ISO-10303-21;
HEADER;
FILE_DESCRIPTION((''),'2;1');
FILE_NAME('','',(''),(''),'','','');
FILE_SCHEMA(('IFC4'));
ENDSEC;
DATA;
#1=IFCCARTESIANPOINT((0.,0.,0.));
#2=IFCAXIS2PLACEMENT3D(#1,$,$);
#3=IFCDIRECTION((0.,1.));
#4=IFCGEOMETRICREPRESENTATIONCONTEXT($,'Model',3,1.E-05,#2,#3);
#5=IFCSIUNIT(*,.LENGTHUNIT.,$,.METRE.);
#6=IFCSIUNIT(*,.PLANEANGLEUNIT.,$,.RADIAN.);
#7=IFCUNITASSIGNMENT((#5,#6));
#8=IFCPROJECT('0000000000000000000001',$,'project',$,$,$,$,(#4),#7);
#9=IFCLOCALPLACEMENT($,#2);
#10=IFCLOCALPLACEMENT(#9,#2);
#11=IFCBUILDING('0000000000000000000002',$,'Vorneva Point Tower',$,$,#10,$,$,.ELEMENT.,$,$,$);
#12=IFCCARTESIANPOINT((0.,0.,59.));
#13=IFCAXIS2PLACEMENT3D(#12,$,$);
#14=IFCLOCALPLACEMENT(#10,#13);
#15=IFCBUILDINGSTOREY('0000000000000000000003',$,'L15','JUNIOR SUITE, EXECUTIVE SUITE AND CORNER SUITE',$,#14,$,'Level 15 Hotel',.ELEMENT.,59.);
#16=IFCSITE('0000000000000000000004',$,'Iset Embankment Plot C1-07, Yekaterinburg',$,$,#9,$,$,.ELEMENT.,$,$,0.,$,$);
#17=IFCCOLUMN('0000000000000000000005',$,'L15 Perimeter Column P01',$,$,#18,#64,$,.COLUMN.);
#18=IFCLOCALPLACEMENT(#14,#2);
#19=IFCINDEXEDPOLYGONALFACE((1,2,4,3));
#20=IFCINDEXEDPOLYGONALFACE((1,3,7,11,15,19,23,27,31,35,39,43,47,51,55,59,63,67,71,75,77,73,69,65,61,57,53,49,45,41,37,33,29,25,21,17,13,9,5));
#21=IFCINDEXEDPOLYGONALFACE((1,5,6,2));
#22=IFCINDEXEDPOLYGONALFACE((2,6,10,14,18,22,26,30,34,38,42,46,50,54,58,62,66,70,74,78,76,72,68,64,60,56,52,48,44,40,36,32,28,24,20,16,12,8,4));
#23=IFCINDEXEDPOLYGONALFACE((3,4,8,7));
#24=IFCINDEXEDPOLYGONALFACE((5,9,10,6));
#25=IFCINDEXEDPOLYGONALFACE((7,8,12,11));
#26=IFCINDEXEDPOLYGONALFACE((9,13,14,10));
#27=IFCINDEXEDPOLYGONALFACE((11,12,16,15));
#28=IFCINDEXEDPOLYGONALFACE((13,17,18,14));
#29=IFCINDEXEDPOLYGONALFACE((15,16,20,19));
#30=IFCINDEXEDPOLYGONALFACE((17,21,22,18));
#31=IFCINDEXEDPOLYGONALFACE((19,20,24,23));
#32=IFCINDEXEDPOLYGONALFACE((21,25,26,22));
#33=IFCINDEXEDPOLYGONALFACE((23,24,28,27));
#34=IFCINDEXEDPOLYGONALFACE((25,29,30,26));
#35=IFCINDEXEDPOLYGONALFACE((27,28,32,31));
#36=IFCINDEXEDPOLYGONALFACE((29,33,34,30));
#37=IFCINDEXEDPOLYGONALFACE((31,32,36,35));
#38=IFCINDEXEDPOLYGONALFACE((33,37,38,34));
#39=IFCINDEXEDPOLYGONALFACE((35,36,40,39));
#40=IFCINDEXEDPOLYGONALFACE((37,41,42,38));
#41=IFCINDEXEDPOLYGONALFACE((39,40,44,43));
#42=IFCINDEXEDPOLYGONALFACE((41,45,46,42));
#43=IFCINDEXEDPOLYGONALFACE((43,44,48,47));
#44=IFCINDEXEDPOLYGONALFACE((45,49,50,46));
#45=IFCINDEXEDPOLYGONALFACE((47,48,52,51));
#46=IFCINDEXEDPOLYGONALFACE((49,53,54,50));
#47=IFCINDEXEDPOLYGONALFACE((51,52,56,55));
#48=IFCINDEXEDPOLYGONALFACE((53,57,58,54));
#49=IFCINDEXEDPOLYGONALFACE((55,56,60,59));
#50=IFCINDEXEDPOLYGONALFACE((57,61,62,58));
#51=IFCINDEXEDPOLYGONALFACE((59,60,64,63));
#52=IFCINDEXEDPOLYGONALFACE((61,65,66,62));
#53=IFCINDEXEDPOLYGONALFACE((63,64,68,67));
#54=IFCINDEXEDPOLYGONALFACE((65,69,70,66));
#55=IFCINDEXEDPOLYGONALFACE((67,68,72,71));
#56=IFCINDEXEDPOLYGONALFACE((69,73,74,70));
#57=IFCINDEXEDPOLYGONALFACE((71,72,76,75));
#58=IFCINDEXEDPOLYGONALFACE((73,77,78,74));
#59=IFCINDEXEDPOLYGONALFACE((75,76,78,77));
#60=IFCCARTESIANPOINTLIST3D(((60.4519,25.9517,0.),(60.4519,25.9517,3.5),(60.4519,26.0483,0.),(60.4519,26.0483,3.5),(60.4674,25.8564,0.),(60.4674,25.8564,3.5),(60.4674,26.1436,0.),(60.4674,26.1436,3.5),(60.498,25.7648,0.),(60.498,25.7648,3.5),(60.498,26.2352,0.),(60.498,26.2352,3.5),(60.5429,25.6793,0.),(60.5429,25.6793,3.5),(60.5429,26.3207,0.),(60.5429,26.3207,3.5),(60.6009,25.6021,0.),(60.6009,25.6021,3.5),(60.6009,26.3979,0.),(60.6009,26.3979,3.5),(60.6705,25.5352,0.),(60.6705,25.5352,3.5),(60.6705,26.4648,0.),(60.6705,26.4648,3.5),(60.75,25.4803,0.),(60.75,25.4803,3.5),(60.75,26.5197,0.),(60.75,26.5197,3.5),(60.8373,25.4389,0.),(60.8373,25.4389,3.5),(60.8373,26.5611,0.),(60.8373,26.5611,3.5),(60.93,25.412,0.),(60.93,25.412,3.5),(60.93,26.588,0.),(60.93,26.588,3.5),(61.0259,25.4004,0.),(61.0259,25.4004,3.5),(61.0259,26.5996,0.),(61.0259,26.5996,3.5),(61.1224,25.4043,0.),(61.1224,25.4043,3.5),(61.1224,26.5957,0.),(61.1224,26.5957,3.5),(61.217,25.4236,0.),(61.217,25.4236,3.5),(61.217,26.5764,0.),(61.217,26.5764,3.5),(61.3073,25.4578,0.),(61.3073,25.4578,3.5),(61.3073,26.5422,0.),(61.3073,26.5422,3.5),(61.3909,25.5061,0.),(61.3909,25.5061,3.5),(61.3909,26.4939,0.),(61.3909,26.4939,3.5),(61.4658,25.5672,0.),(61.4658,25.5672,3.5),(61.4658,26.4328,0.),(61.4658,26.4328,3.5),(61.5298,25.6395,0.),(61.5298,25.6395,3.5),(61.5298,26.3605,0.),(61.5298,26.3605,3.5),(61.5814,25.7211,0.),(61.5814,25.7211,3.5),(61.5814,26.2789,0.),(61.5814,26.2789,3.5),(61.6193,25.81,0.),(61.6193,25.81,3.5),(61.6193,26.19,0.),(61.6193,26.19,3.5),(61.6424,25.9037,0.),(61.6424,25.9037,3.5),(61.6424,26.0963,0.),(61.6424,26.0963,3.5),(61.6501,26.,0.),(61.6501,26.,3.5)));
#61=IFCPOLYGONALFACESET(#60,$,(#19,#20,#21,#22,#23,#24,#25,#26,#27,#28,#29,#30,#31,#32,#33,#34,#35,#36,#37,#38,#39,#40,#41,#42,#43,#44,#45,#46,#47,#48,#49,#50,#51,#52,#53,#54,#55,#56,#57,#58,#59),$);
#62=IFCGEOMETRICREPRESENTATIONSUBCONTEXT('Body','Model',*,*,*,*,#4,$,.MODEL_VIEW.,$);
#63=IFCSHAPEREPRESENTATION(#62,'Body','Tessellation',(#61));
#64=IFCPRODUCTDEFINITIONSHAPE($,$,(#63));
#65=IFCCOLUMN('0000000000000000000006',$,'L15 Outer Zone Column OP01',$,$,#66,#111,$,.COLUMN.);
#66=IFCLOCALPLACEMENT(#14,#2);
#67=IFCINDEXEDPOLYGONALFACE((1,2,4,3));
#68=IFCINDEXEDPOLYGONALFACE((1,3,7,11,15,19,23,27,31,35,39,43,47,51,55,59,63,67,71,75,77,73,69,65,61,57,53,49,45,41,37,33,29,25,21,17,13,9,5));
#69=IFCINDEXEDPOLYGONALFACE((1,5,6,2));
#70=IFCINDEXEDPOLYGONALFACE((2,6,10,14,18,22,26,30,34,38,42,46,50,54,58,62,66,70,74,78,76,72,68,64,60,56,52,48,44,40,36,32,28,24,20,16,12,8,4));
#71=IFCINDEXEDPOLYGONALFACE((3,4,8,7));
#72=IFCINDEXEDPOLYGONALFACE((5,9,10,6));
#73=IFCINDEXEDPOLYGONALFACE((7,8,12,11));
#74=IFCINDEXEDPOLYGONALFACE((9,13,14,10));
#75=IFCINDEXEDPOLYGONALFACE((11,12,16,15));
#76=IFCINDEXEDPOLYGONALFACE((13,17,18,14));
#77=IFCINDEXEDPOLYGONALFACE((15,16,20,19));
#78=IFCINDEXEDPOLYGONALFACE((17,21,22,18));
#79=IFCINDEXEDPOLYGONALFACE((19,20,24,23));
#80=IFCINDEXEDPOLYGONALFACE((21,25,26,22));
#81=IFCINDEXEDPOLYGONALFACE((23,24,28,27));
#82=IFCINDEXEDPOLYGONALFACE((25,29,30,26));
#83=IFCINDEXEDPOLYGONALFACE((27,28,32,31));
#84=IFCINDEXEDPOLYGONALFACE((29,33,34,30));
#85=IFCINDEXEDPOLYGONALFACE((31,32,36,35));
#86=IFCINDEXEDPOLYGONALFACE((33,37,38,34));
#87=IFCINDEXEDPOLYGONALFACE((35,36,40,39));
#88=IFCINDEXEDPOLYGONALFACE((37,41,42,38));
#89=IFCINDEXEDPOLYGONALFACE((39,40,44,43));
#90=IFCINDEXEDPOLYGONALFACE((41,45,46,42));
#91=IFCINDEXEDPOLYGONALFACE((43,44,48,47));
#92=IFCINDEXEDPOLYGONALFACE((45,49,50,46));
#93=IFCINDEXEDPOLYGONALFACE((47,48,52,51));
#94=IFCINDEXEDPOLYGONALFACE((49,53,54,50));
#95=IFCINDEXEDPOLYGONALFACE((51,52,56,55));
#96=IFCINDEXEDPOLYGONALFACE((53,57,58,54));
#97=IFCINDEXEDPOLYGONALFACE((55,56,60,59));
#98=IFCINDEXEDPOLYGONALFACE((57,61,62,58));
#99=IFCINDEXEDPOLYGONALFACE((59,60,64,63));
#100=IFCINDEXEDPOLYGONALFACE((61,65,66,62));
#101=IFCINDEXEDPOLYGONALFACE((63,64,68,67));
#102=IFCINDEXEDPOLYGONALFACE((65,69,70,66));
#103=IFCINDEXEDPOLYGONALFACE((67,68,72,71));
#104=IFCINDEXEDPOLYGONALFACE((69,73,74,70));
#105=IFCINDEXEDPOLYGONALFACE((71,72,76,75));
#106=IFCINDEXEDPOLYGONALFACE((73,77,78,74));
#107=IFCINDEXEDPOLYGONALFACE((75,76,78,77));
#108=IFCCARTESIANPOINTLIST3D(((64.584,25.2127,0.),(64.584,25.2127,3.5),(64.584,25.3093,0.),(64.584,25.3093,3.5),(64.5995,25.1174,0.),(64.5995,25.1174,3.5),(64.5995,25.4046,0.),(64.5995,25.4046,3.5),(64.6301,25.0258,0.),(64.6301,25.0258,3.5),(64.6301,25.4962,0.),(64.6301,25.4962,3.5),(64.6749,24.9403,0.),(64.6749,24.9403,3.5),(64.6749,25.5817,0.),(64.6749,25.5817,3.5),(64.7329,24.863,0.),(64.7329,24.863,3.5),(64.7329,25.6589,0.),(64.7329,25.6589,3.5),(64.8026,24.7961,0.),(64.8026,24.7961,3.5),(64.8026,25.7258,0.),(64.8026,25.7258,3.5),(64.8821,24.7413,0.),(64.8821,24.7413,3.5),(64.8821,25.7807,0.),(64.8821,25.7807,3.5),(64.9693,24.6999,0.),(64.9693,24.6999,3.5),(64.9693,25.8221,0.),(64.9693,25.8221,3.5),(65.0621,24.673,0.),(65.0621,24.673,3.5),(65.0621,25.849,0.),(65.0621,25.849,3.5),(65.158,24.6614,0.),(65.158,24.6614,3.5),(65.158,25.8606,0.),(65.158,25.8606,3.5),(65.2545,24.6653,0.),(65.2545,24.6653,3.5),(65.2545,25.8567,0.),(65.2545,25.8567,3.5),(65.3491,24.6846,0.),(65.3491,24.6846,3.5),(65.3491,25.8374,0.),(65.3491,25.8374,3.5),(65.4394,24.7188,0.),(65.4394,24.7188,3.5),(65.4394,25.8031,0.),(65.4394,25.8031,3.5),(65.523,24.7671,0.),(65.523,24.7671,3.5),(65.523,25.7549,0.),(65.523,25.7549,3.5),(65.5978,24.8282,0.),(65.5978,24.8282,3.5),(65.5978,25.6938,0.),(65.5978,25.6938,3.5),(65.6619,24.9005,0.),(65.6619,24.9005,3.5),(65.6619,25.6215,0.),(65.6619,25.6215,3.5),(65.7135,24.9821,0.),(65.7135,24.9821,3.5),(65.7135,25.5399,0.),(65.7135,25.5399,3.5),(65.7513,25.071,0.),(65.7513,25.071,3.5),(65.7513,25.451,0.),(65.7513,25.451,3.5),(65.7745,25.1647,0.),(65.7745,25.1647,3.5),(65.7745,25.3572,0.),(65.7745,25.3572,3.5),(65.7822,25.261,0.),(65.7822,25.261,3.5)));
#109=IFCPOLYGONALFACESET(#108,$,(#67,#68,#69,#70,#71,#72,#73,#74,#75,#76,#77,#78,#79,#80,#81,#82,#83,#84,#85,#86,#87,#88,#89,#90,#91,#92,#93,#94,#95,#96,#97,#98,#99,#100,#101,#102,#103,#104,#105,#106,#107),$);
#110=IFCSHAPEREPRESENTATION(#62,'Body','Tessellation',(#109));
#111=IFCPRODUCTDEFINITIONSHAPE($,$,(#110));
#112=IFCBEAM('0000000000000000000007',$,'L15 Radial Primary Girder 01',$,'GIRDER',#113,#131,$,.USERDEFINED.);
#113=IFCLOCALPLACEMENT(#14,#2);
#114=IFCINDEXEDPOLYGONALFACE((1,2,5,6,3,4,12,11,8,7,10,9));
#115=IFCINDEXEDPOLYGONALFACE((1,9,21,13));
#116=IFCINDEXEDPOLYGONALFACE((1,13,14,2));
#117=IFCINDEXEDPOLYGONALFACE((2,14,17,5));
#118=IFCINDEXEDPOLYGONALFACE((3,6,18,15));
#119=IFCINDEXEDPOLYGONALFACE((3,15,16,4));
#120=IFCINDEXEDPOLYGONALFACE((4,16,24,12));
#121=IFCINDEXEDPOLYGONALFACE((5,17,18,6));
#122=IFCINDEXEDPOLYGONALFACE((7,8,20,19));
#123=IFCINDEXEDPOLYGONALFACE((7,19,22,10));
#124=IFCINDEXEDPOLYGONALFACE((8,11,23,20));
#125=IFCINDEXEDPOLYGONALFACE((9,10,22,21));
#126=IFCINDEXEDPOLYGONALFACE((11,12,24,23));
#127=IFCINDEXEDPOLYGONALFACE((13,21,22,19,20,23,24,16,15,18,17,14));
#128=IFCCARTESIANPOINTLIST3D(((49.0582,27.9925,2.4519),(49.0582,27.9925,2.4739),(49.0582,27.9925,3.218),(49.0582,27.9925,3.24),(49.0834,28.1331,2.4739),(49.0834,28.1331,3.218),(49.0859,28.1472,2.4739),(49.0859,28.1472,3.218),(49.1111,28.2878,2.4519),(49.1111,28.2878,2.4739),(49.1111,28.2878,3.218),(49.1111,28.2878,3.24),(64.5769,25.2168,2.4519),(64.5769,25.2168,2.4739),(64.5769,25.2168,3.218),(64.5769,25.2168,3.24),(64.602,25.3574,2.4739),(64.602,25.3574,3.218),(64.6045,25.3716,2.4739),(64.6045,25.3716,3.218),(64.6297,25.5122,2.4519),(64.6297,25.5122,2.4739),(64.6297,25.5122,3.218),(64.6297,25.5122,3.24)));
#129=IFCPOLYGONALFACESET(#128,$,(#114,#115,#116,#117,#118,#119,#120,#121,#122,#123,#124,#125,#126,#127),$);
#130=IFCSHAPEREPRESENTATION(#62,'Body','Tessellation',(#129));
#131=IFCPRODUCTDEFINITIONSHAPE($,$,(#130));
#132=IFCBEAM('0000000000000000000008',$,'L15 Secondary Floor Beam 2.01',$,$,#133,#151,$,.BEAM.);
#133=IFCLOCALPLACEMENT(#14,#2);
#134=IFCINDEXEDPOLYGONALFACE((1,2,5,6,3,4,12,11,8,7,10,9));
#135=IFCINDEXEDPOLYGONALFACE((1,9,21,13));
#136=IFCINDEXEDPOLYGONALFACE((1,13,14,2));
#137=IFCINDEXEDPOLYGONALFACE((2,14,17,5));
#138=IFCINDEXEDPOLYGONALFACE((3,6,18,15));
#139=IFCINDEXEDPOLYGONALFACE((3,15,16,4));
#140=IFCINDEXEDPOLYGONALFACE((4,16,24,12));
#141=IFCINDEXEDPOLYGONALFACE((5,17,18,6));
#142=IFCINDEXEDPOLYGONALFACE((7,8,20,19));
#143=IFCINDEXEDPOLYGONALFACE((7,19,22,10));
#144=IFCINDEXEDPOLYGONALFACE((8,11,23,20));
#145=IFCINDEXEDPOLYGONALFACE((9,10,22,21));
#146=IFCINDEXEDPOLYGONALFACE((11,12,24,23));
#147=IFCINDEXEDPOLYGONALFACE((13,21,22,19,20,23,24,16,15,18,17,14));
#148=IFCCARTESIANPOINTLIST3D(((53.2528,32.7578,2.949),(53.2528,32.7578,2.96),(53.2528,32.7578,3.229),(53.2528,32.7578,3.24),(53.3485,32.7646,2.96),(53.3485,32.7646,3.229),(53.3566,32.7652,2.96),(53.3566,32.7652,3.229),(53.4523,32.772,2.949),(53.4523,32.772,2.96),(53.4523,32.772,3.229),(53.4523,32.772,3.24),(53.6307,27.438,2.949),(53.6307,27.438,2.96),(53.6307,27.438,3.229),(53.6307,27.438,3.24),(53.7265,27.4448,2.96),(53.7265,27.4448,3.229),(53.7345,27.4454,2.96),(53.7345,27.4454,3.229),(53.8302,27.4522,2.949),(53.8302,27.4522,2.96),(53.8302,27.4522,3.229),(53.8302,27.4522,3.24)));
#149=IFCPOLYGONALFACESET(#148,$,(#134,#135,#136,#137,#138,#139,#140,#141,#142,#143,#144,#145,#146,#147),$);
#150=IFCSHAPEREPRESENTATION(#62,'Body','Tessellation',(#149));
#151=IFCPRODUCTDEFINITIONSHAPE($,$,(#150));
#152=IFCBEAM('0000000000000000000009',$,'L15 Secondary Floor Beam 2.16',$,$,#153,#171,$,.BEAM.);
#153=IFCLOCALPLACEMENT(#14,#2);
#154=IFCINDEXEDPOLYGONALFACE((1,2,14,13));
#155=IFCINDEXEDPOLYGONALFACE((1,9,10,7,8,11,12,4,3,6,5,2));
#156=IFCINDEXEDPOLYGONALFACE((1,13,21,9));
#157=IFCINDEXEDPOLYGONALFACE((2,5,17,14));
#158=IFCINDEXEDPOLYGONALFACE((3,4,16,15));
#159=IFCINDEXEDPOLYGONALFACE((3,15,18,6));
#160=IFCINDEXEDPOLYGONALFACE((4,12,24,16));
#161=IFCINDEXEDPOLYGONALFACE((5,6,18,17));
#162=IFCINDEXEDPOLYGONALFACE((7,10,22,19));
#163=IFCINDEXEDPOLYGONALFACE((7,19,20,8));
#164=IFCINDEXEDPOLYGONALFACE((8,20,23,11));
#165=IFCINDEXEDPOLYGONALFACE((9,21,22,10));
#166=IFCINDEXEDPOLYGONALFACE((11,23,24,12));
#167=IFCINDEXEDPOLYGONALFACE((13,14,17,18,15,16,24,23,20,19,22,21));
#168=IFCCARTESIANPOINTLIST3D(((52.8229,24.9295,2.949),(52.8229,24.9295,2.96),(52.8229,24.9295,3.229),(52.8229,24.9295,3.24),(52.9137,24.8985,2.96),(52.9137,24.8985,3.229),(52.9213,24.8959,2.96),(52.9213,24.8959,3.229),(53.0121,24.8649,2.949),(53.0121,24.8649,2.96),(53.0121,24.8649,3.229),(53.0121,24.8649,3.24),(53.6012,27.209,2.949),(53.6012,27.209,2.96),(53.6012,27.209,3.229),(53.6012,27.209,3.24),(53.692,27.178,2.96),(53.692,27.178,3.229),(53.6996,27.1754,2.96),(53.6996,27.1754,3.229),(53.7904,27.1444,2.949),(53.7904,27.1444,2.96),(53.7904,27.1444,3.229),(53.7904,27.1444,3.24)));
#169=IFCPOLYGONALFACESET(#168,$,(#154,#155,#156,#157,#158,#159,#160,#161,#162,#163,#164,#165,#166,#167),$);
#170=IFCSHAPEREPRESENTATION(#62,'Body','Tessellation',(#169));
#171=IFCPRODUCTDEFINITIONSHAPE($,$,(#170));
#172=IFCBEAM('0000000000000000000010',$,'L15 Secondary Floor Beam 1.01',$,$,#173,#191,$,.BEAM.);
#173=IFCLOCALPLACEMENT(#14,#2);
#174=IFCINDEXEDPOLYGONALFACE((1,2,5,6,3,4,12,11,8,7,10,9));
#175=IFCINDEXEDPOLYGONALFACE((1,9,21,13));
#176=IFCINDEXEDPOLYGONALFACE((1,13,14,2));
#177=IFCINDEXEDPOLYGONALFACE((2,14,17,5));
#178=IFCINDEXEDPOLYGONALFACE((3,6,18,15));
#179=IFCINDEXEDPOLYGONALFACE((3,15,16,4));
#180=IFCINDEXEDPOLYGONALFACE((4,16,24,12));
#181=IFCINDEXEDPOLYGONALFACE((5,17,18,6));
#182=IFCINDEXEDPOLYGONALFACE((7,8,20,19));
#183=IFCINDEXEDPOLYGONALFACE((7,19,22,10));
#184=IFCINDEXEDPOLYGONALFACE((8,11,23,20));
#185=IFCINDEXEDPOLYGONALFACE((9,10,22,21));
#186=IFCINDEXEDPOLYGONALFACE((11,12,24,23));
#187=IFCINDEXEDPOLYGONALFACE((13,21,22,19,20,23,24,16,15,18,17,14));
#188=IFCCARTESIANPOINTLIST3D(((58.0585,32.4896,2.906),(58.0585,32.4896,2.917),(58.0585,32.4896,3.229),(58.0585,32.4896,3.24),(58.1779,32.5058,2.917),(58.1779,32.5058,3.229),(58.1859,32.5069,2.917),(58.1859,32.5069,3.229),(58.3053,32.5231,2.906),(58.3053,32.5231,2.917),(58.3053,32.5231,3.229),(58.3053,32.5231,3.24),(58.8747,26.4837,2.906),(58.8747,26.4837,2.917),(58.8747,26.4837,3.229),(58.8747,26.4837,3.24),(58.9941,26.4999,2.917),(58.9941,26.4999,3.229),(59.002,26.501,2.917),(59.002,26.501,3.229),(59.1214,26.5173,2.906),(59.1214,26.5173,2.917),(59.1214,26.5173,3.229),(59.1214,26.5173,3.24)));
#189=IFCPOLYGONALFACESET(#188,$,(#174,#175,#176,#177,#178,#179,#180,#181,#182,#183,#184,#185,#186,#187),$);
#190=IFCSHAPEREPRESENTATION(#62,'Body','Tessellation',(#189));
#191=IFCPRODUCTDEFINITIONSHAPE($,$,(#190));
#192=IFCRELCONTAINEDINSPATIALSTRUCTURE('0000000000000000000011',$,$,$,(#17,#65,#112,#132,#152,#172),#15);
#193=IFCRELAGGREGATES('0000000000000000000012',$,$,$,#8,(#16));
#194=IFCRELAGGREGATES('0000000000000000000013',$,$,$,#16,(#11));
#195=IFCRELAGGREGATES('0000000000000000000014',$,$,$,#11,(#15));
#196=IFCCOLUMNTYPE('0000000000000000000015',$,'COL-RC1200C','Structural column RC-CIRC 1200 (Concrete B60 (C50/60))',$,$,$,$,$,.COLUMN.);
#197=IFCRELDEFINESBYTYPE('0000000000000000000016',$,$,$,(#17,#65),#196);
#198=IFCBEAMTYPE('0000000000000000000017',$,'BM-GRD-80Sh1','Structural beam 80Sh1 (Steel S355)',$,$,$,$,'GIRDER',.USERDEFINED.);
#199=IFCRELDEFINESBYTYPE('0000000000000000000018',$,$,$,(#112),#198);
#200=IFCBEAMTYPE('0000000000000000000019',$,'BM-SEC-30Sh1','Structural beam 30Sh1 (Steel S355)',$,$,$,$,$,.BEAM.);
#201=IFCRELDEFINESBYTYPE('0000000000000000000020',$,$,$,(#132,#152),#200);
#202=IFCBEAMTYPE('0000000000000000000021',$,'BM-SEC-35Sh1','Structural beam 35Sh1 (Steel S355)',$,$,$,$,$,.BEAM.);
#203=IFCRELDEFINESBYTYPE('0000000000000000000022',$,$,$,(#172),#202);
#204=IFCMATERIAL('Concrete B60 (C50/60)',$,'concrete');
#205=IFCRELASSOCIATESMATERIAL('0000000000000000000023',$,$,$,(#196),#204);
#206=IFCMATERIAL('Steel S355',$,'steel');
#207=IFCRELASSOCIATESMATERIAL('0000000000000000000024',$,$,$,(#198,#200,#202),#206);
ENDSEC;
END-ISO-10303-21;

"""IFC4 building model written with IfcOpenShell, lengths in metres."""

from ifc_helpers import new_model, si_unit, direction, frame, origin, origin_2d, place, context, subcontext, project, spatial, circle, i_section, extrude, material, material_profile, profile_set, type_object, element, save


model = new_model("IFC4")

# Units and contexts
model_context = context("Model", 3, precision=1e-05, world=origin(), true_north=direction((0.0, 1.0)))
body_context = subcontext(model_context, "Body", "Model", "MODEL_VIEW")
ifc_project = project(units=[si_unit("LENGTHUNIT", "METRE"), si_unit("PLANEANGLEUNIT", "RADIAN")], contexts=[model_context])

# Site, building, storey
site_placement = place(None, origin())
site = spatial("IfcSite", under=ifc_project, at=site_placement, Name="Iset Embankment Plot C1-07, Yekaterinburg", CompositionType="ELEMENT", RefElevation=0.0)
building_placement = place(site_placement, origin())
building = spatial("IfcBuilding", under=site, at=building_placement, Name="Vorneva Point Tower", CompositionType="ELEMENT")
storey_placement = place(building_placement, frame((0.0, 0.0, 59.0)))
storey = spatial("IfcBuildingStorey", under=building, at=storey_placement, Name="L15", Description="JUNIOR SUITE, EXECUTIVE SUITE AND CORNER SUITE", LongName="Level 15 Hotel", CompositionType="ELEMENT", Elevation=59.0)

# Columns
ifc_material_1 = material(Name="Concrete B60 (C50/60)", Category="concrete")
ifc_material_profile_1 = material_profile(ifc_material_1, circle(Radius=0.6001, at=origin_2d()), Name="RC-CIRC 1200")
ifc_profile_set_1 = profile_set([ifc_material_profile_1], Name="Concrete B60 (C50/60)")
column_type = type_object("IfcColumnType", Name="COL-RC1200C", Description="Structural column RC-CIRC 1200 (Concrete B60 (C50/60))", PredefinedType="COLUMN", material=ifc_profile_set_1)
for number, where, z_axis, x_axis, name in (
    (1, (61.05, 26.0, 0.0), (0.0, 0.0, 1.0), (1.0, 0.0, 0.0), "L15 Perimeter Column P01"),
    (2, (65.1821, 25.261, 0.0), (0.0, 0.0, 1.0), (1.0, 0.0, 0.0), "L15 Outer Zone Column OP01"),
):
    element("IfcColumn", number, at=place(storey_placement, frame(where, z_axis=z_axis, x_axis=x_axis)), inside=storey, type_object=column_type, Name=name, PredefinedType="COLUMN", context=body_context, shape_type="SweptSolid", body=[
        extrude(circle(Radius=0.6001, at=origin_2d()), origin(), (0.0, 0.0, 1.0), 3.5),
    ])

# Beams
ifc_material_2 = material(Name="Steel S355", Category="steel")
ifc_material_profile_2 = material_profile(ifc_material_2, i_section(OverallWidth=0.3, OverallDepth=0.7881, WebThickness=0.0144, FlangeThickness=0.022, at=origin_2d()), Name="80Sh1")
ifc_profile_set_2 = profile_set([ifc_material_profile_2], Name="Steel S355")
beam_type_1 = type_object("IfcBeamType", Name="BM-GRD-80Sh1", Description="Structural beam 80Sh1 (Steel S355)", ElementType="GIRDER", PredefinedType="USERDEFINED", material=ifc_profile_set_2)
beam_1_placement = place(storey_placement, frame((64.6033, 25.3645, 2.8459), z_axis=(-0.984379, 0.176065, 0.0), x_axis=(-0.176065, -0.984379, 0.0)))
element("IfcBeam", 3, at=beam_1_placement, inside=storey, type_object=beam_type_1, Name="L15 Radial Primary Girder 01", ObjectType="GIRDER", PredefinedType="USERDEFINED", context=body_context, shape_type="SweptSolid", body=[
    extrude(i_section(OverallWidth=0.3, OverallDepth=0.7881, WebThickness=0.0144, FlangeThickness=0.022, at=origin_2d()), origin(), (0.0, 0.0, 1.0), 15.7649),
])
ifc_material_profile_3 = material_profile(ifc_material_2, i_section(OverallWidth=0.2, OverallDepth=0.291, WebThickness=0.0081, FlangeThickness=0.011, at=origin_2d()), Name="30Sh1")
ifc_profile_set_3 = profile_set([ifc_material_profile_3], Name="Steel S355")
beam_type_2 = type_object("IfcBeamType", Name="BM-SEC-30Sh1", Description="Structural beam 30Sh1 (Steel S355)", PredefinedType="BEAM", material=ifc_profile_set_3)
beam_2_placement = place(storey_placement, frame((53.7305, 27.4451, 3.0945), z_axis=(-0.070863, 0.997486, 0.0), x_axis=(-0.997486, -0.070863, 0.0)))
element("IfcBeam", 4, at=beam_2_placement, inside=storey, type_object=beam_type_2, Name="L15 Secondary Floor Beam 2.01", PredefinedType="BEAM", context=body_context, shape_type="SweptSolid", body=[
    extrude(i_section(OverallWidth=0.2, OverallDepth=0.291, WebThickness=0.0081, FlangeThickness=0.011, at=origin_2d()), origin(), (0.0, 0.0, 1.0), 5.3333),
])
beam_3_placement = place(storey_placement, frame((52.9175, 24.8972, 3.0945), z_axis=(0.323122, 0.946357, 0.0), x_axis=(-0.946357, 0.323122, 0.0)))
element("IfcBeam", 5, at=beam_3_placement, inside=storey, type_object=beam_type_2, Name="L15 Secondary Floor Beam 2.16", PredefinedType="BEAM", context=body_context, shape_type="SweptSolid", body=[
    extrude(i_section(OverallWidth=0.2, OverallDepth=0.291, WebThickness=0.0081, FlangeThickness=0.011, at=origin_2d()), origin(), (0.0, 0.0, 1.0), 2.4087),
])
ifc_material_profile_4 = material_profile(ifc_material_2, i_section(OverallWidth=0.249, OverallDepth=0.334, WebThickness=0.0081, FlangeThickness=0.011, at=origin_2d()), Name="35Sh1")
ifc_profile_set_4 = profile_set([ifc_material_profile_4], Name="Steel S355")
beam_type_3 = type_object("IfcBeamType", Name="BM-SEC-35Sh1", Description="Structural beam 35Sh1 (Steel S355)", PredefinedType="BEAM", material=ifc_profile_set_4)
beam_4_placement = place(storey_placement, frame((58.998, 26.5005, 3.073), z_axis=(-0.134657, 0.990892, 0.0), x_axis=(-0.990892, -0.134657, 0.0)))
element("IfcBeam", 6, at=beam_4_placement, inside=storey, type_object=beam_type_3, Name="L15 Secondary Floor Beam 1.01", PredefinedType="BEAM", context=body_context, shape_type="SweptSolid", body=[
    extrude(i_section(OverallWidth=0.249, OverallDepth=0.334, WebThickness=0.0081, FlangeThickness=0.011, at=origin_2d()), origin(), (0.0, 0.0, 1.0), 6.061),
])

save(model, "model.ifc")
